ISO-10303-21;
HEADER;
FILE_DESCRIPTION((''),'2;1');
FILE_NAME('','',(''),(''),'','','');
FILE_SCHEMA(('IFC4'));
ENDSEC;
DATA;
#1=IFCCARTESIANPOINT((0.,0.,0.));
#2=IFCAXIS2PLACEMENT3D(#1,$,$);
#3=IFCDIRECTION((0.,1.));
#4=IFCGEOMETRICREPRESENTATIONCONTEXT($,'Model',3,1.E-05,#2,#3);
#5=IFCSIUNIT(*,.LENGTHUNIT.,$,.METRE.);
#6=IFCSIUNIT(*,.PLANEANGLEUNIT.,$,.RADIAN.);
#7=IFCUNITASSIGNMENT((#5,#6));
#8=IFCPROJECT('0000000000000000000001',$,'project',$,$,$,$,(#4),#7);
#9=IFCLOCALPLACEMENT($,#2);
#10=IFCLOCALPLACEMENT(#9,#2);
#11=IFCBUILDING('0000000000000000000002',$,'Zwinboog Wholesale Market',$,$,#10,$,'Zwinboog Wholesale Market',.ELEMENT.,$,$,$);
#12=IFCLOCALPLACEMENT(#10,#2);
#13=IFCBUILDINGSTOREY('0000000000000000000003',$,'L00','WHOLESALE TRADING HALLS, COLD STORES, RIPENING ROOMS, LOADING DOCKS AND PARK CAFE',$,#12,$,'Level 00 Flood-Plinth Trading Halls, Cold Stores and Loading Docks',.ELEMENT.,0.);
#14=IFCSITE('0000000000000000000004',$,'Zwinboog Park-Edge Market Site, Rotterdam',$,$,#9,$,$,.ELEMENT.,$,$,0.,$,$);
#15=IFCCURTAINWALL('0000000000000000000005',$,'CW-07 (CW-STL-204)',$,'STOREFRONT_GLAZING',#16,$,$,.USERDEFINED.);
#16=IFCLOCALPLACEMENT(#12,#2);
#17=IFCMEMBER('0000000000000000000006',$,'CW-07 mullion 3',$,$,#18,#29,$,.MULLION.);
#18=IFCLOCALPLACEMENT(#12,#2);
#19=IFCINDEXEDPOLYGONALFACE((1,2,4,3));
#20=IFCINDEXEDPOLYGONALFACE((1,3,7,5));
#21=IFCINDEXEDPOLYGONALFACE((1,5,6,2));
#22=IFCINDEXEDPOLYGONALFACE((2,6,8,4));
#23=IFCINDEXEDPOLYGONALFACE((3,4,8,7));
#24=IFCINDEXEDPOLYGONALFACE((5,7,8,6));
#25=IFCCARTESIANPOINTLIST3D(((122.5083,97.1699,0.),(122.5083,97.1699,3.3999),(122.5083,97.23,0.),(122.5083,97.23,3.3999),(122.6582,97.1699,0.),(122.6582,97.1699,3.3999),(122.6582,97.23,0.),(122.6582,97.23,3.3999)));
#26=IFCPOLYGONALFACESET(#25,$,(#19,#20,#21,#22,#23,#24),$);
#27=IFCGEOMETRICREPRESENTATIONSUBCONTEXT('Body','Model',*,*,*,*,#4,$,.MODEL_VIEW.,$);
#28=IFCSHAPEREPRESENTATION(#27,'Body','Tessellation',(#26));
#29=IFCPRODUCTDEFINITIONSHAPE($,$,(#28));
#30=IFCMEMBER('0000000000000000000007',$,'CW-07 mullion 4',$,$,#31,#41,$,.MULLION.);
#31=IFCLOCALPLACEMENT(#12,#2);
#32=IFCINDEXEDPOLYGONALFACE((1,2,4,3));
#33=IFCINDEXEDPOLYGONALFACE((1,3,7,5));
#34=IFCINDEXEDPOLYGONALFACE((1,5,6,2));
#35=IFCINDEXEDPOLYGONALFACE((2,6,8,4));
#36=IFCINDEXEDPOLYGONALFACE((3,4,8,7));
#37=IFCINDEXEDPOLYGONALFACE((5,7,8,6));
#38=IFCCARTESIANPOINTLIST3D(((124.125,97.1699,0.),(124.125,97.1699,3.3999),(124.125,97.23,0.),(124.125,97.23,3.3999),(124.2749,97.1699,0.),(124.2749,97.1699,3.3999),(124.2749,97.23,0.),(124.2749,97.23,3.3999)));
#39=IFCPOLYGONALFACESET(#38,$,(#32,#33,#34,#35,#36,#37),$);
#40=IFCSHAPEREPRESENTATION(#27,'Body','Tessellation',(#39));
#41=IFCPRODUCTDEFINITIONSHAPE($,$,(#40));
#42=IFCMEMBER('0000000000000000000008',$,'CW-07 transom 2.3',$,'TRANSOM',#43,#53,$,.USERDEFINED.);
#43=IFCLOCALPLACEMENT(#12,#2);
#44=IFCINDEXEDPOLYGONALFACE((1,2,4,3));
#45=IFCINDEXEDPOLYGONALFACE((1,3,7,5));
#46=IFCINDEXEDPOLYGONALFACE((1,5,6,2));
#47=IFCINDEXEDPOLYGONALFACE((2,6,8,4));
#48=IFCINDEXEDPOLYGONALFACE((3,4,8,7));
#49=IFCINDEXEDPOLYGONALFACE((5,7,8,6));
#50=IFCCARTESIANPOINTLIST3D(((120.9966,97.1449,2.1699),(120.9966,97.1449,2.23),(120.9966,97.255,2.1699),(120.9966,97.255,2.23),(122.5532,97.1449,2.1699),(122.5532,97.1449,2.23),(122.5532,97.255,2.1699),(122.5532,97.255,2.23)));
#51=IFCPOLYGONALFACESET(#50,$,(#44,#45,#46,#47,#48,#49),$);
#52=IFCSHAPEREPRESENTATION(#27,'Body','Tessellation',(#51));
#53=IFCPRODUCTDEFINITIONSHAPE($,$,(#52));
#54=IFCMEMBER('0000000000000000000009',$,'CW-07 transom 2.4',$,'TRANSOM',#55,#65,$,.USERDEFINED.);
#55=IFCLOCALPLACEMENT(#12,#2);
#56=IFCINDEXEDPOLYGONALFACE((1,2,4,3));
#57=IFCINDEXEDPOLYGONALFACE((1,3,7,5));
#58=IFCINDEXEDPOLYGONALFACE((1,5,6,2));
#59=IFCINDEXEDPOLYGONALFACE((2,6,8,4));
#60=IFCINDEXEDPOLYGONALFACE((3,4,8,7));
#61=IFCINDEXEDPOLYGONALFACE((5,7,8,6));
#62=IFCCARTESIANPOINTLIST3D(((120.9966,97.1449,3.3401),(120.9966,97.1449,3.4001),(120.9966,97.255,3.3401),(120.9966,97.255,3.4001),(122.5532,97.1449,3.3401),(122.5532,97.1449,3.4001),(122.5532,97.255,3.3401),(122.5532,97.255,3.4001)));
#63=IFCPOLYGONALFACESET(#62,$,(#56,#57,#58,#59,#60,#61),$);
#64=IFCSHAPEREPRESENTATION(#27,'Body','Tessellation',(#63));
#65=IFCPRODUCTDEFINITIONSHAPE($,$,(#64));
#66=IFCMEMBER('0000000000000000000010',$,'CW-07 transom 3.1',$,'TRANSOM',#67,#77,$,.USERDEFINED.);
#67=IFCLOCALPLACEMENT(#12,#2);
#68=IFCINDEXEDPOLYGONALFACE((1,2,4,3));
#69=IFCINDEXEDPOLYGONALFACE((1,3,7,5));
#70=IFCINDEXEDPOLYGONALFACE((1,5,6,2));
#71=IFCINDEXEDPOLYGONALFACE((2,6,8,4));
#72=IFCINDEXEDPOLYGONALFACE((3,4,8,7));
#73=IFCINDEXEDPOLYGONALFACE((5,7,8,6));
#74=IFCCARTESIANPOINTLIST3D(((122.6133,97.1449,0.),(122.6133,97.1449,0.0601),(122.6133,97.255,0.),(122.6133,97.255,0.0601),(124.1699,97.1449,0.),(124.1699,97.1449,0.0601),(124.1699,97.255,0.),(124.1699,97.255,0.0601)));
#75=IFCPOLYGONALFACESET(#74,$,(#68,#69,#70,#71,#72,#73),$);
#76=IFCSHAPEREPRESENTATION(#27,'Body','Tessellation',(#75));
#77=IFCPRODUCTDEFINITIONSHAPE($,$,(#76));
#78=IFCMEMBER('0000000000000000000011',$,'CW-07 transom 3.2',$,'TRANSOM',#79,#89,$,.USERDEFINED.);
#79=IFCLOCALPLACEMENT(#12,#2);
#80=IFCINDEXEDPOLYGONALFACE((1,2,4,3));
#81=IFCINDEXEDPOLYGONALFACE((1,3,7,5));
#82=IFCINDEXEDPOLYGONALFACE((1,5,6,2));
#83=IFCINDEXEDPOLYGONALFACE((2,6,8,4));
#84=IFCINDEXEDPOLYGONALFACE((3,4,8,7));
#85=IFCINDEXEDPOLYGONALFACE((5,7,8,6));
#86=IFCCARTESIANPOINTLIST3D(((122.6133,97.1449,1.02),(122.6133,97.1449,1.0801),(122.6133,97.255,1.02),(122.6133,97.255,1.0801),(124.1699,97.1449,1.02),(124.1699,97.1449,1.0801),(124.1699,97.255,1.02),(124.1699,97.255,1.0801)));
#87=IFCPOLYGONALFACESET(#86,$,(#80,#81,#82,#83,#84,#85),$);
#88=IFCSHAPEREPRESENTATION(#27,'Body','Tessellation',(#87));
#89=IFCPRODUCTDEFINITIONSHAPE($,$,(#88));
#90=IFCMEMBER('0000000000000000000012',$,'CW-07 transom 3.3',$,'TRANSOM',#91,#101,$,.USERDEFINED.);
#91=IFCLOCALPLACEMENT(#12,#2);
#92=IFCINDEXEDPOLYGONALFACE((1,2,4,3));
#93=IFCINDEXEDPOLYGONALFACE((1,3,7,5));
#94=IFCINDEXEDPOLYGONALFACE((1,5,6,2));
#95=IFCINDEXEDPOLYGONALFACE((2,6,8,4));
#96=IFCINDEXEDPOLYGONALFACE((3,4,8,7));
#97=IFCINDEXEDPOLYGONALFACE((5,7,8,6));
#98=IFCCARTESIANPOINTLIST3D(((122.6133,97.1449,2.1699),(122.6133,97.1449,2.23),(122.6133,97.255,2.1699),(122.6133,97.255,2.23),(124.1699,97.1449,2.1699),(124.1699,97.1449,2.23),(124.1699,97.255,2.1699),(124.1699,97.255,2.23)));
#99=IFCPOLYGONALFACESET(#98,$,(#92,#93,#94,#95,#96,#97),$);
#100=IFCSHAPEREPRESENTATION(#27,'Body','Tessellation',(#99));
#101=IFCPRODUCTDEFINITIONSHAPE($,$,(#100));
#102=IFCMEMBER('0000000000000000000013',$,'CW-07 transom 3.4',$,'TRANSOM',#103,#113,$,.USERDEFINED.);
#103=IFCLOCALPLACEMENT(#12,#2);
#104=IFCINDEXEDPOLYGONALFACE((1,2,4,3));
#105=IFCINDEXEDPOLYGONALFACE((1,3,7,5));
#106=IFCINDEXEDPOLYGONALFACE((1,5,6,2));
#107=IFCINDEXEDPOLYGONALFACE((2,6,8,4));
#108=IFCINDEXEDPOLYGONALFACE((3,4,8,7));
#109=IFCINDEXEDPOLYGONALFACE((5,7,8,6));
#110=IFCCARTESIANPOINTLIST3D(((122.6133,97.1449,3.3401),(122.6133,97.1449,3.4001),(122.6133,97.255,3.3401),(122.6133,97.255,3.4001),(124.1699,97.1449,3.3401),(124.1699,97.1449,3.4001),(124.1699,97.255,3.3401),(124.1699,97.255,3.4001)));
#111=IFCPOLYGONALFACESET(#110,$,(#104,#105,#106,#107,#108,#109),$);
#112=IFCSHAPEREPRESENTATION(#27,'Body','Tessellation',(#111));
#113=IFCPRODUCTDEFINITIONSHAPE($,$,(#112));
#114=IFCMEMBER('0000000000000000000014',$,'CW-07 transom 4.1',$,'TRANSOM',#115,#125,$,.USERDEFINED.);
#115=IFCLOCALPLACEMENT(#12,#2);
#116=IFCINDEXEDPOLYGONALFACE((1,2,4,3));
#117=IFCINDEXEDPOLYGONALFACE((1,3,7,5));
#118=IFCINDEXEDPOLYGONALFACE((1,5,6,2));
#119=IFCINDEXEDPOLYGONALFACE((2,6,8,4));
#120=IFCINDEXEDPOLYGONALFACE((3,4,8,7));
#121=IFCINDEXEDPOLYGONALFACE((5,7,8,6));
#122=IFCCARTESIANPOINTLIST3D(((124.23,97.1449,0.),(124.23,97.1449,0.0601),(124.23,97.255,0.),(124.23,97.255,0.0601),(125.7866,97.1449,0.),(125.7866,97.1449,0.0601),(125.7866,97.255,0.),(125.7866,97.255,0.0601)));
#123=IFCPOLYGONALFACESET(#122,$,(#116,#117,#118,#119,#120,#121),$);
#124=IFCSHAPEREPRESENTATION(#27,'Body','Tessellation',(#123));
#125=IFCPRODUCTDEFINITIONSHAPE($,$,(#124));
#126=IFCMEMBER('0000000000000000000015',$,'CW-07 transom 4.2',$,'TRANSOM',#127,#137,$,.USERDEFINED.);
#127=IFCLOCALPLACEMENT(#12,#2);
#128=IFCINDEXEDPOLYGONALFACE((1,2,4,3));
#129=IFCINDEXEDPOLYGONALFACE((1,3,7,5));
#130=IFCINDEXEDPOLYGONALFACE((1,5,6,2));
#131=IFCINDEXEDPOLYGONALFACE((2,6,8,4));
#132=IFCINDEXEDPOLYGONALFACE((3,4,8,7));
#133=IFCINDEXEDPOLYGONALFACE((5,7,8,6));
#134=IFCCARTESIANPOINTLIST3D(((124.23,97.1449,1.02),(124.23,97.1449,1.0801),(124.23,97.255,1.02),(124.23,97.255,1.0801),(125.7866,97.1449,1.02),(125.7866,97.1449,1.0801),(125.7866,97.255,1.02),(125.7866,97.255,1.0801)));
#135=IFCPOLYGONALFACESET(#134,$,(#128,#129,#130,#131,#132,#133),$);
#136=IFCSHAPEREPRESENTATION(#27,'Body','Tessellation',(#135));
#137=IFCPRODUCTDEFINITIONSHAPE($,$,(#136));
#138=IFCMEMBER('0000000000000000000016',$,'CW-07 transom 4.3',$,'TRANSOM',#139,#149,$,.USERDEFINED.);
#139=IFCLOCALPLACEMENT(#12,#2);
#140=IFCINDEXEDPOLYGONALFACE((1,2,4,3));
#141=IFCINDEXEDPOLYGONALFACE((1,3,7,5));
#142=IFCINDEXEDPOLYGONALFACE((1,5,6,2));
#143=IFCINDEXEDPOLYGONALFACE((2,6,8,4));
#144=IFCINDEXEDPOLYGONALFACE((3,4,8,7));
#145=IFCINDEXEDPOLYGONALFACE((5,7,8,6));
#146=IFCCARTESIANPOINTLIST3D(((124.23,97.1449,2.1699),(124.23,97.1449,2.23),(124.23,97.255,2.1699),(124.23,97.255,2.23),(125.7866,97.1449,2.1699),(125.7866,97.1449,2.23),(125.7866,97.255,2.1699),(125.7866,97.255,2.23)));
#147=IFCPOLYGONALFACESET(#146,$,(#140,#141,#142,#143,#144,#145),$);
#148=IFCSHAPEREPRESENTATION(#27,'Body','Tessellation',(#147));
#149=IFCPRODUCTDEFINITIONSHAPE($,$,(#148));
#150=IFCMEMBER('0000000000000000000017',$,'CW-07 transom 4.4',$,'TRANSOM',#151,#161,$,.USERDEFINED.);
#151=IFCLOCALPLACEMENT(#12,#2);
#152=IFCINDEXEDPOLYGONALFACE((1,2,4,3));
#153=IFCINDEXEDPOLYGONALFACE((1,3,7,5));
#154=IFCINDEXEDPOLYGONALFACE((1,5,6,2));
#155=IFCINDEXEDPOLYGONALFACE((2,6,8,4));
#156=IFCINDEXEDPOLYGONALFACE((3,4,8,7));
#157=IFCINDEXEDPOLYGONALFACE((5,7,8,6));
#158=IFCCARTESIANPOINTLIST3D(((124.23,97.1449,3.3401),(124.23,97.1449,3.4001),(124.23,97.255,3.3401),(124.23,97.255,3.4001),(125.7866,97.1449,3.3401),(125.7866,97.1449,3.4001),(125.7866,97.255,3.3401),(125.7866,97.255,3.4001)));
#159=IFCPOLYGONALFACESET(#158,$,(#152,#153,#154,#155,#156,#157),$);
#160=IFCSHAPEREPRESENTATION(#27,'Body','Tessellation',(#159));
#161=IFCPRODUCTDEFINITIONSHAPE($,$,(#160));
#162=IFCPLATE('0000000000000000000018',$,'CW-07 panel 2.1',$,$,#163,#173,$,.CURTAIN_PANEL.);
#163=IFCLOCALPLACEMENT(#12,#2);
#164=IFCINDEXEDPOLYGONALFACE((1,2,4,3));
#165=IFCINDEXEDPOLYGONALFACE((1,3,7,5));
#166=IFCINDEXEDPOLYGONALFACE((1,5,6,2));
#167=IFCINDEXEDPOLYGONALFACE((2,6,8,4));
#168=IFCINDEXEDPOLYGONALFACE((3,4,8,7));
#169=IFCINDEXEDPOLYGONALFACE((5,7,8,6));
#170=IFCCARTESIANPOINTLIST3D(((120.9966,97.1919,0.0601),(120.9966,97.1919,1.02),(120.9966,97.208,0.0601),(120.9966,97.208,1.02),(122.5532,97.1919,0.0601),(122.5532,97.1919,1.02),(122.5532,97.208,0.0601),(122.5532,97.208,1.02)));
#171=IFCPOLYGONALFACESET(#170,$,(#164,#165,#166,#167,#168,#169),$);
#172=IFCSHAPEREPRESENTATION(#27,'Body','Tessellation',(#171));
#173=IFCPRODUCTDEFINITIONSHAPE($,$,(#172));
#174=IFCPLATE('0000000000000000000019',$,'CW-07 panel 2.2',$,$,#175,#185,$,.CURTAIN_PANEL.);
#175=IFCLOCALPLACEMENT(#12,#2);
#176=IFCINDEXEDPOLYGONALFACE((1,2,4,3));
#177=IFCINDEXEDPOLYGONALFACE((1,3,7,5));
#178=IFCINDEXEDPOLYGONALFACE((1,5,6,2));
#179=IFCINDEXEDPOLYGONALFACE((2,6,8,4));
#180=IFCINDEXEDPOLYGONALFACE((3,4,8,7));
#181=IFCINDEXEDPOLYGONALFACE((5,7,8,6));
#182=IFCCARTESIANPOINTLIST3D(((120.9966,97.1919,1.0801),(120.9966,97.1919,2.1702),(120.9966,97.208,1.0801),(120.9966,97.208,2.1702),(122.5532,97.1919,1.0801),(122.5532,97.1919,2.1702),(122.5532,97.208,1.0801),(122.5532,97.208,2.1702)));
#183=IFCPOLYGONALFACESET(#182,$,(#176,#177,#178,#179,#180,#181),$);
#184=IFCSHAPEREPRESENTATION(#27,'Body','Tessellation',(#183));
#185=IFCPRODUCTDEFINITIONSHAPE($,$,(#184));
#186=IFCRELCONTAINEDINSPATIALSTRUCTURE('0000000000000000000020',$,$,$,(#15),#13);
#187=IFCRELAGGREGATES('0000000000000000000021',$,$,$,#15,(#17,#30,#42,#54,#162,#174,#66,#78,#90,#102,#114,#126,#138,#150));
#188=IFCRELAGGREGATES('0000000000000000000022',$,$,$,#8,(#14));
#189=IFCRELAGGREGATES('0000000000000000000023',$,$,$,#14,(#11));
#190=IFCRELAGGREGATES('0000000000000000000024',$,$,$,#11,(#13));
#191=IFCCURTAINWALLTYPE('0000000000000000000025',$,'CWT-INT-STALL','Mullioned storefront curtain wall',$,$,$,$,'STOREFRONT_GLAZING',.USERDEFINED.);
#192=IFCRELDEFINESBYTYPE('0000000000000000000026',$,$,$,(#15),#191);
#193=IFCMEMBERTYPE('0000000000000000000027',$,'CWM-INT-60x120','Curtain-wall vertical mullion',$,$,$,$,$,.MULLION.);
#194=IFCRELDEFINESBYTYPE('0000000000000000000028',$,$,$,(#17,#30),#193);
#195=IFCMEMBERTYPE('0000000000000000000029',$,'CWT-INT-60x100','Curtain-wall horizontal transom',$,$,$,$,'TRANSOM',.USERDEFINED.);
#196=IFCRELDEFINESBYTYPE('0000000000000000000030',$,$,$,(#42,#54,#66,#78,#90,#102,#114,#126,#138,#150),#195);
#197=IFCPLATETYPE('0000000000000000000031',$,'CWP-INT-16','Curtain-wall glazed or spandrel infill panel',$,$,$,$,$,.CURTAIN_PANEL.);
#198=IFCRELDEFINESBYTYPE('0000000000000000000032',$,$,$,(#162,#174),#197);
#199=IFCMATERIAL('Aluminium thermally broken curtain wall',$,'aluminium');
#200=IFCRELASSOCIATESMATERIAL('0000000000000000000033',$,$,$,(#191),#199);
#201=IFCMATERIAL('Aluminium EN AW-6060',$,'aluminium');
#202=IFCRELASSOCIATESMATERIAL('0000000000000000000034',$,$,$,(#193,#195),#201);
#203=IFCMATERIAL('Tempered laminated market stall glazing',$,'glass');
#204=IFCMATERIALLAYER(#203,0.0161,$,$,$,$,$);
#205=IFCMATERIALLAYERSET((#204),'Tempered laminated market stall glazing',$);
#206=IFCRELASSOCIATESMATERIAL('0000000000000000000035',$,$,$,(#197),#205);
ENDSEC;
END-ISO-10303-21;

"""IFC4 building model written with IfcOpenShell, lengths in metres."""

from ifc_helpers import new_model, si_unit, direction, frame, origin, origin_2d, place, context, subcontext, project, spatial, rectangle, extrude, material, layer, layer_set, material_profile, profile_set, type_object, element, aggregate, save


model = new_model("IFC4")

# Units and contexts
model_context = context("Model", 3, precision=1e-05, world=origin(), true_north=direction((0.0, 1.0)))
body_context = subcontext(model_context, "Body", "Model", "MODEL_VIEW")
ifc_project = project(units=[si_unit("LENGTHUNIT", "METRE"), si_unit("PLANEANGLEUNIT", "RADIAN")], contexts=[model_context])

# Site, building, storey
site_placement = place(None, origin())
site = spatial("IfcSite", under=ifc_project, at=site_placement, Name="Zwinboog Park-Edge Market Site, Rotterdam", CompositionType="ELEMENT", RefElevation=0.0)
building_placement = place(site_placement, origin())
building = spatial("IfcBuilding", under=site, at=building_placement, Name="Zwinboog Wholesale Market", LongName="Zwinboog Wholesale Market", CompositionType="ELEMENT")
storey_placement = place(building_placement, origin())
storey = spatial("IfcBuildingStorey", under=building, at=storey_placement, Name="L00", Description="WHOLESALE TRADING HALLS, COLD STORES, RIPENING ROOMS, LOADING DOCKS AND PARK CAFE", LongName="Level 00 Flood-Plinth Trading Halls, Cold Stores and Loading Docks", CompositionType="ELEMENT", Elevation=0.0)

# Curtain wall, members, plates
ifc_material_1 = material(Name="Aluminium thermally broken curtain wall", Category="aluminium")
curtain_wall_type = type_object("IfcCurtainWallType", Name="CWT-INT-STALL", Description="Mullioned storefront curtain wall", ElementType="STOREFRONT_GLAZING", PredefinedType="USERDEFINED", material=ifc_material_1)
curtain_wall_placement = place(storey_placement, origin())
curtain_wall = element("IfcCurtainWall", 1, at=curtain_wall_placement, inside=storey, type_object=curtain_wall_type, Name="CW-07 (CW-STL-204)", ObjectType="STOREFRONT_GLAZING", PredefinedType="USERDEFINED")
ifc_material_2 = material(Name="Aluminium EN AW-6060", Category="aluminium")
ifc_material_profile_1 = material_profile(ifc_material_2, rectangle(XDim=0.0601, YDim=0.1499, at=origin_2d()), Name="AL 60x150")
ifc_profile_set_1 = profile_set([ifc_material_profile_1], Name="Aluminium EN AW-6060")
member_type_1 = type_object("IfcMemberType", Name="CWM-INT-60x120", Description="Curtain-wall vertical mullion", PredefinedType="MULLION", material=ifc_profile_set_1)
member_1_placement = place(storey_placement, frame((122.5833, 97.2, 0.0), z_axis=(0.0, 0.0, 1.0), x_axis=(0.0, 1.0, 0.0)))
member_1 = element("IfcMember", 2, at=member_1_placement, type_object=member_type_1, Name="CW-07 mullion 3", PredefinedType="MULLION", context=body_context, shape_type="SweptSolid", body=[
    extrude(rectangle(XDim=0.0601, YDim=0.1499, at=origin_2d()), origin(), (0.0, 0.0, 1.0), 3.3999),
])
member_2_placement = place(storey_placement, frame((124.2, 97.2, 0.0), z_axis=(0.0, 0.0, 1.0), x_axis=(0.0, 1.0, 0.0)))
member_2 = element("IfcMember", 3, at=member_2_placement, type_object=member_type_1, Name="CW-07 mullion 4", PredefinedType="MULLION", context=body_context, shape_type="SweptSolid", body=[
    extrude(rectangle(XDim=0.0601, YDim=0.1499, at=origin_2d()), origin(), (0.0, 0.0, 1.0), 3.3999),
])
ifc_material_profile_2 = material_profile(ifc_material_2, rectangle(XDim=0.1101, YDim=0.0601, at=origin_2d()), Name="AL 60x110")
ifc_profile_set_2 = profile_set([ifc_material_profile_2], Name="Aluminium EN AW-6060")
member_type_2 = type_object("IfcMemberType", Name="CWT-INT-60x100", Description="Curtain-wall horizontal transom", ElementType="TRANSOM", PredefinedType="USERDEFINED", material=ifc_profile_set_2)
member_3_placement = place(storey_placement, frame((120.9966, 97.2, 2.2), z_axis=(1.0, 0.0, 0.0), x_axis=(0.0, 1.0, 0.0)))
member_3 = element("IfcMember", 4, at=member_3_placement, type_object=member_type_2, Name="CW-07 transom 2.3", ObjectType="TRANSOM", PredefinedType="USERDEFINED", context=body_context, shape_type="SweptSolid", body=[
    extrude(rectangle(XDim=0.1101, YDim=0.0601, at=origin_2d()), origin(), (0.0, 0.0, 1.0), 1.5566),
])
member_4_placement = place(storey_placement, frame((120.9966, 97.2, 3.3701), z_axis=(1.0, 0.0, 0.0), x_axis=(0.0, 1.0, 0.0)))
member_4 = element("IfcMember", 5, at=member_4_placement, type_object=member_type_2, Name="CW-07 transom 2.4", ObjectType="TRANSOM", PredefinedType="USERDEFINED", context=body_context, shape_type="SweptSolid", body=[
    extrude(rectangle(XDim=0.1101, YDim=0.0601, at=origin_2d()), origin(), (0.0, 0.0, 1.0), 1.5566),
])
member_5_placement = place(storey_placement, frame((122.6133, 97.2, 0.03), z_axis=(1.0, 0.0, 0.0), x_axis=(0.0, 1.0, 0.0)))
member_5 = element("IfcMember", 6, at=member_5_placement, type_object=member_type_2, Name="CW-07 transom 3.1", ObjectType="TRANSOM", PredefinedType="USERDEFINED", context=body_context, shape_type="SweptSolid", body=[
    extrude(rectangle(XDim=0.1101, YDim=0.0601, at=origin_2d()), origin(), (0.0, 0.0, 1.0), 1.5566),
])
member_6_placement = place(storey_placement, frame((122.6133, 97.2, 1.05), z_axis=(1.0, 0.0, 0.0), x_axis=(0.0, 1.0, 0.0)))
member_6 = element("IfcMember", 7, at=member_6_placement, type_object=member_type_2, Name="CW-07 transom 3.2", ObjectType="TRANSOM", PredefinedType="USERDEFINED", context=body_context, shape_type="SweptSolid", body=[
    extrude(rectangle(XDim=0.1101, YDim=0.0601, at=origin_2d()), origin(), (0.0, 0.0, 1.0), 1.5566),
])
member_7_placement = place(storey_placement, frame((122.6133, 97.2, 2.2), z_axis=(1.0, 0.0, 0.0), x_axis=(0.0, 1.0, 0.0)))
member_7 = element("IfcMember", 8, at=member_7_placement, type_object=member_type_2, Name="CW-07 transom 3.3", ObjectType="TRANSOM", PredefinedType="USERDEFINED", context=body_context, shape_type="SweptSolid", body=[
    extrude(rectangle(XDim=0.1101, YDim=0.0601, at=origin_2d()), origin(), (0.0, 0.0, 1.0), 1.5566),
])
member_8_placement = place(storey_placement, frame((122.6133, 97.2, 3.3701), z_axis=(1.0, 0.0, 0.0), x_axis=(0.0, 1.0, 0.0)))
member_8 = element("IfcMember", 9, at=member_8_placement, type_object=member_type_2, Name="CW-07 transom 3.4", ObjectType="TRANSOM", PredefinedType="USERDEFINED", context=body_context, shape_type="SweptSolid", body=[
    extrude(rectangle(XDim=0.1101, YDim=0.0601, at=origin_2d()), origin(), (0.0, 0.0, 1.0), 1.5566),
])
member_9_placement = place(storey_placement, frame((124.23, 97.2, 0.03), z_axis=(1.0, 0.0, 0.0), x_axis=(0.0, 1.0, 0.0)))
member_9 = element("IfcMember", 10, at=member_9_placement, type_object=member_type_2, Name="CW-07 transom 4.1", ObjectType="TRANSOM", PredefinedType="USERDEFINED", context=body_context, shape_type="SweptSolid", body=[
    extrude(rectangle(XDim=0.1101, YDim=0.0601, at=origin_2d()), origin(), (0.0, 0.0, 1.0), 1.5566),
])
member_10_placement = place(storey_placement, frame((124.23, 97.2, 1.05), z_axis=(1.0, 0.0, 0.0), x_axis=(0.0, 1.0, 0.0)))
member_10 = element("IfcMember", 11, at=member_10_placement, type_object=member_type_2, Name="CW-07 transom 4.2", ObjectType="TRANSOM", PredefinedType="USERDEFINED", context=body_context, shape_type="SweptSolid", body=[
    extrude(rectangle(XDim=0.1101, YDim=0.0601, at=origin_2d()), origin(), (0.0, 0.0, 1.0), 1.5566),
])
member_11_placement = place(storey_placement, frame((124.23, 97.2, 2.2), z_axis=(1.0, 0.0, 0.0), x_axis=(0.0, 1.0, 0.0)))
member_11 = element("IfcMember", 12, at=member_11_placement, type_object=member_type_2, Name="CW-07 transom 4.3", ObjectType="TRANSOM", PredefinedType="USERDEFINED", context=body_context, shape_type="SweptSolid", body=[
    extrude(rectangle(XDim=0.1101, YDim=0.0601, at=origin_2d()), origin(), (0.0, 0.0, 1.0), 1.5566),
])
member_12_placement = place(storey_placement, frame((124.23, 97.2, 3.3701), z_axis=(1.0, 0.0, 0.0), x_axis=(0.0, 1.0, 0.0)))
member_12 = element("IfcMember", 13, at=member_12_placement, type_object=member_type_2, Name="CW-07 transom 4.4", ObjectType="TRANSOM", PredefinedType="USERDEFINED", context=body_context, shape_type="SweptSolid", body=[
    extrude(rectangle(XDim=0.1101, YDim=0.0601, at=origin_2d()), origin(), (0.0, 0.0, 1.0), 1.5566),
])
ifc_material_3 = material(Name="Tempered laminated market stall glazing", Category="glass")
ifc_layer = layer(ifc_material_3, 0.0161)
ifc_layer_set = layer_set([ifc_layer], Name="Tempered laminated market stall glazing")
plate_type = type_object("IfcPlateType", Name="CWP-INT-16", Description="Curtain-wall glazed or spandrel infill panel", PredefinedType="CURTAIN_PANEL", material=ifc_layer_set)
plate_1_placement = place(storey_placement, frame((121.7749, 97.2, 0.0601), z_axis=(0.0, 0.0, 1.0), x_axis=(1.0, 0.0, 0.0)))
plate_1 = element("IfcPlate", 14, at=plate_1_placement, type_object=plate_type, Name="CW-07 panel 2.1", PredefinedType="CURTAIN_PANEL", context=body_context, shape_type="SweptSolid", body=[
    extrude(rectangle(XDim=1.5566, YDim=0.0161, at=origin_2d()), origin(), (0.0, 0.0, 1.0), 0.96),
])
plate_2_placement = place(storey_placement, frame((121.7749, 97.2, 1.0801), z_axis=(0.0, 0.0, 1.0), x_axis=(1.0, 0.0, 0.0)))
plate_2 = element("IfcPlate", 15, at=plate_2_placement, type_object=plate_type, Name="CW-07 panel 2.2", PredefinedType="CURTAIN_PANEL", context=body_context, shape_type="SweptSolid", body=[
    extrude(rectangle(XDim=1.5566, YDim=0.0161, at=origin_2d()), origin(), (0.0, 0.0, 1.0), 1.0901),
])
aggregate(curtain_wall, [member_1, member_2, member_3, member_4, plate_1, plate_2, member_5, member_6, member_7, member_8, member_9, member_10, member_11, member_12])

save(model, "model.ifc")
